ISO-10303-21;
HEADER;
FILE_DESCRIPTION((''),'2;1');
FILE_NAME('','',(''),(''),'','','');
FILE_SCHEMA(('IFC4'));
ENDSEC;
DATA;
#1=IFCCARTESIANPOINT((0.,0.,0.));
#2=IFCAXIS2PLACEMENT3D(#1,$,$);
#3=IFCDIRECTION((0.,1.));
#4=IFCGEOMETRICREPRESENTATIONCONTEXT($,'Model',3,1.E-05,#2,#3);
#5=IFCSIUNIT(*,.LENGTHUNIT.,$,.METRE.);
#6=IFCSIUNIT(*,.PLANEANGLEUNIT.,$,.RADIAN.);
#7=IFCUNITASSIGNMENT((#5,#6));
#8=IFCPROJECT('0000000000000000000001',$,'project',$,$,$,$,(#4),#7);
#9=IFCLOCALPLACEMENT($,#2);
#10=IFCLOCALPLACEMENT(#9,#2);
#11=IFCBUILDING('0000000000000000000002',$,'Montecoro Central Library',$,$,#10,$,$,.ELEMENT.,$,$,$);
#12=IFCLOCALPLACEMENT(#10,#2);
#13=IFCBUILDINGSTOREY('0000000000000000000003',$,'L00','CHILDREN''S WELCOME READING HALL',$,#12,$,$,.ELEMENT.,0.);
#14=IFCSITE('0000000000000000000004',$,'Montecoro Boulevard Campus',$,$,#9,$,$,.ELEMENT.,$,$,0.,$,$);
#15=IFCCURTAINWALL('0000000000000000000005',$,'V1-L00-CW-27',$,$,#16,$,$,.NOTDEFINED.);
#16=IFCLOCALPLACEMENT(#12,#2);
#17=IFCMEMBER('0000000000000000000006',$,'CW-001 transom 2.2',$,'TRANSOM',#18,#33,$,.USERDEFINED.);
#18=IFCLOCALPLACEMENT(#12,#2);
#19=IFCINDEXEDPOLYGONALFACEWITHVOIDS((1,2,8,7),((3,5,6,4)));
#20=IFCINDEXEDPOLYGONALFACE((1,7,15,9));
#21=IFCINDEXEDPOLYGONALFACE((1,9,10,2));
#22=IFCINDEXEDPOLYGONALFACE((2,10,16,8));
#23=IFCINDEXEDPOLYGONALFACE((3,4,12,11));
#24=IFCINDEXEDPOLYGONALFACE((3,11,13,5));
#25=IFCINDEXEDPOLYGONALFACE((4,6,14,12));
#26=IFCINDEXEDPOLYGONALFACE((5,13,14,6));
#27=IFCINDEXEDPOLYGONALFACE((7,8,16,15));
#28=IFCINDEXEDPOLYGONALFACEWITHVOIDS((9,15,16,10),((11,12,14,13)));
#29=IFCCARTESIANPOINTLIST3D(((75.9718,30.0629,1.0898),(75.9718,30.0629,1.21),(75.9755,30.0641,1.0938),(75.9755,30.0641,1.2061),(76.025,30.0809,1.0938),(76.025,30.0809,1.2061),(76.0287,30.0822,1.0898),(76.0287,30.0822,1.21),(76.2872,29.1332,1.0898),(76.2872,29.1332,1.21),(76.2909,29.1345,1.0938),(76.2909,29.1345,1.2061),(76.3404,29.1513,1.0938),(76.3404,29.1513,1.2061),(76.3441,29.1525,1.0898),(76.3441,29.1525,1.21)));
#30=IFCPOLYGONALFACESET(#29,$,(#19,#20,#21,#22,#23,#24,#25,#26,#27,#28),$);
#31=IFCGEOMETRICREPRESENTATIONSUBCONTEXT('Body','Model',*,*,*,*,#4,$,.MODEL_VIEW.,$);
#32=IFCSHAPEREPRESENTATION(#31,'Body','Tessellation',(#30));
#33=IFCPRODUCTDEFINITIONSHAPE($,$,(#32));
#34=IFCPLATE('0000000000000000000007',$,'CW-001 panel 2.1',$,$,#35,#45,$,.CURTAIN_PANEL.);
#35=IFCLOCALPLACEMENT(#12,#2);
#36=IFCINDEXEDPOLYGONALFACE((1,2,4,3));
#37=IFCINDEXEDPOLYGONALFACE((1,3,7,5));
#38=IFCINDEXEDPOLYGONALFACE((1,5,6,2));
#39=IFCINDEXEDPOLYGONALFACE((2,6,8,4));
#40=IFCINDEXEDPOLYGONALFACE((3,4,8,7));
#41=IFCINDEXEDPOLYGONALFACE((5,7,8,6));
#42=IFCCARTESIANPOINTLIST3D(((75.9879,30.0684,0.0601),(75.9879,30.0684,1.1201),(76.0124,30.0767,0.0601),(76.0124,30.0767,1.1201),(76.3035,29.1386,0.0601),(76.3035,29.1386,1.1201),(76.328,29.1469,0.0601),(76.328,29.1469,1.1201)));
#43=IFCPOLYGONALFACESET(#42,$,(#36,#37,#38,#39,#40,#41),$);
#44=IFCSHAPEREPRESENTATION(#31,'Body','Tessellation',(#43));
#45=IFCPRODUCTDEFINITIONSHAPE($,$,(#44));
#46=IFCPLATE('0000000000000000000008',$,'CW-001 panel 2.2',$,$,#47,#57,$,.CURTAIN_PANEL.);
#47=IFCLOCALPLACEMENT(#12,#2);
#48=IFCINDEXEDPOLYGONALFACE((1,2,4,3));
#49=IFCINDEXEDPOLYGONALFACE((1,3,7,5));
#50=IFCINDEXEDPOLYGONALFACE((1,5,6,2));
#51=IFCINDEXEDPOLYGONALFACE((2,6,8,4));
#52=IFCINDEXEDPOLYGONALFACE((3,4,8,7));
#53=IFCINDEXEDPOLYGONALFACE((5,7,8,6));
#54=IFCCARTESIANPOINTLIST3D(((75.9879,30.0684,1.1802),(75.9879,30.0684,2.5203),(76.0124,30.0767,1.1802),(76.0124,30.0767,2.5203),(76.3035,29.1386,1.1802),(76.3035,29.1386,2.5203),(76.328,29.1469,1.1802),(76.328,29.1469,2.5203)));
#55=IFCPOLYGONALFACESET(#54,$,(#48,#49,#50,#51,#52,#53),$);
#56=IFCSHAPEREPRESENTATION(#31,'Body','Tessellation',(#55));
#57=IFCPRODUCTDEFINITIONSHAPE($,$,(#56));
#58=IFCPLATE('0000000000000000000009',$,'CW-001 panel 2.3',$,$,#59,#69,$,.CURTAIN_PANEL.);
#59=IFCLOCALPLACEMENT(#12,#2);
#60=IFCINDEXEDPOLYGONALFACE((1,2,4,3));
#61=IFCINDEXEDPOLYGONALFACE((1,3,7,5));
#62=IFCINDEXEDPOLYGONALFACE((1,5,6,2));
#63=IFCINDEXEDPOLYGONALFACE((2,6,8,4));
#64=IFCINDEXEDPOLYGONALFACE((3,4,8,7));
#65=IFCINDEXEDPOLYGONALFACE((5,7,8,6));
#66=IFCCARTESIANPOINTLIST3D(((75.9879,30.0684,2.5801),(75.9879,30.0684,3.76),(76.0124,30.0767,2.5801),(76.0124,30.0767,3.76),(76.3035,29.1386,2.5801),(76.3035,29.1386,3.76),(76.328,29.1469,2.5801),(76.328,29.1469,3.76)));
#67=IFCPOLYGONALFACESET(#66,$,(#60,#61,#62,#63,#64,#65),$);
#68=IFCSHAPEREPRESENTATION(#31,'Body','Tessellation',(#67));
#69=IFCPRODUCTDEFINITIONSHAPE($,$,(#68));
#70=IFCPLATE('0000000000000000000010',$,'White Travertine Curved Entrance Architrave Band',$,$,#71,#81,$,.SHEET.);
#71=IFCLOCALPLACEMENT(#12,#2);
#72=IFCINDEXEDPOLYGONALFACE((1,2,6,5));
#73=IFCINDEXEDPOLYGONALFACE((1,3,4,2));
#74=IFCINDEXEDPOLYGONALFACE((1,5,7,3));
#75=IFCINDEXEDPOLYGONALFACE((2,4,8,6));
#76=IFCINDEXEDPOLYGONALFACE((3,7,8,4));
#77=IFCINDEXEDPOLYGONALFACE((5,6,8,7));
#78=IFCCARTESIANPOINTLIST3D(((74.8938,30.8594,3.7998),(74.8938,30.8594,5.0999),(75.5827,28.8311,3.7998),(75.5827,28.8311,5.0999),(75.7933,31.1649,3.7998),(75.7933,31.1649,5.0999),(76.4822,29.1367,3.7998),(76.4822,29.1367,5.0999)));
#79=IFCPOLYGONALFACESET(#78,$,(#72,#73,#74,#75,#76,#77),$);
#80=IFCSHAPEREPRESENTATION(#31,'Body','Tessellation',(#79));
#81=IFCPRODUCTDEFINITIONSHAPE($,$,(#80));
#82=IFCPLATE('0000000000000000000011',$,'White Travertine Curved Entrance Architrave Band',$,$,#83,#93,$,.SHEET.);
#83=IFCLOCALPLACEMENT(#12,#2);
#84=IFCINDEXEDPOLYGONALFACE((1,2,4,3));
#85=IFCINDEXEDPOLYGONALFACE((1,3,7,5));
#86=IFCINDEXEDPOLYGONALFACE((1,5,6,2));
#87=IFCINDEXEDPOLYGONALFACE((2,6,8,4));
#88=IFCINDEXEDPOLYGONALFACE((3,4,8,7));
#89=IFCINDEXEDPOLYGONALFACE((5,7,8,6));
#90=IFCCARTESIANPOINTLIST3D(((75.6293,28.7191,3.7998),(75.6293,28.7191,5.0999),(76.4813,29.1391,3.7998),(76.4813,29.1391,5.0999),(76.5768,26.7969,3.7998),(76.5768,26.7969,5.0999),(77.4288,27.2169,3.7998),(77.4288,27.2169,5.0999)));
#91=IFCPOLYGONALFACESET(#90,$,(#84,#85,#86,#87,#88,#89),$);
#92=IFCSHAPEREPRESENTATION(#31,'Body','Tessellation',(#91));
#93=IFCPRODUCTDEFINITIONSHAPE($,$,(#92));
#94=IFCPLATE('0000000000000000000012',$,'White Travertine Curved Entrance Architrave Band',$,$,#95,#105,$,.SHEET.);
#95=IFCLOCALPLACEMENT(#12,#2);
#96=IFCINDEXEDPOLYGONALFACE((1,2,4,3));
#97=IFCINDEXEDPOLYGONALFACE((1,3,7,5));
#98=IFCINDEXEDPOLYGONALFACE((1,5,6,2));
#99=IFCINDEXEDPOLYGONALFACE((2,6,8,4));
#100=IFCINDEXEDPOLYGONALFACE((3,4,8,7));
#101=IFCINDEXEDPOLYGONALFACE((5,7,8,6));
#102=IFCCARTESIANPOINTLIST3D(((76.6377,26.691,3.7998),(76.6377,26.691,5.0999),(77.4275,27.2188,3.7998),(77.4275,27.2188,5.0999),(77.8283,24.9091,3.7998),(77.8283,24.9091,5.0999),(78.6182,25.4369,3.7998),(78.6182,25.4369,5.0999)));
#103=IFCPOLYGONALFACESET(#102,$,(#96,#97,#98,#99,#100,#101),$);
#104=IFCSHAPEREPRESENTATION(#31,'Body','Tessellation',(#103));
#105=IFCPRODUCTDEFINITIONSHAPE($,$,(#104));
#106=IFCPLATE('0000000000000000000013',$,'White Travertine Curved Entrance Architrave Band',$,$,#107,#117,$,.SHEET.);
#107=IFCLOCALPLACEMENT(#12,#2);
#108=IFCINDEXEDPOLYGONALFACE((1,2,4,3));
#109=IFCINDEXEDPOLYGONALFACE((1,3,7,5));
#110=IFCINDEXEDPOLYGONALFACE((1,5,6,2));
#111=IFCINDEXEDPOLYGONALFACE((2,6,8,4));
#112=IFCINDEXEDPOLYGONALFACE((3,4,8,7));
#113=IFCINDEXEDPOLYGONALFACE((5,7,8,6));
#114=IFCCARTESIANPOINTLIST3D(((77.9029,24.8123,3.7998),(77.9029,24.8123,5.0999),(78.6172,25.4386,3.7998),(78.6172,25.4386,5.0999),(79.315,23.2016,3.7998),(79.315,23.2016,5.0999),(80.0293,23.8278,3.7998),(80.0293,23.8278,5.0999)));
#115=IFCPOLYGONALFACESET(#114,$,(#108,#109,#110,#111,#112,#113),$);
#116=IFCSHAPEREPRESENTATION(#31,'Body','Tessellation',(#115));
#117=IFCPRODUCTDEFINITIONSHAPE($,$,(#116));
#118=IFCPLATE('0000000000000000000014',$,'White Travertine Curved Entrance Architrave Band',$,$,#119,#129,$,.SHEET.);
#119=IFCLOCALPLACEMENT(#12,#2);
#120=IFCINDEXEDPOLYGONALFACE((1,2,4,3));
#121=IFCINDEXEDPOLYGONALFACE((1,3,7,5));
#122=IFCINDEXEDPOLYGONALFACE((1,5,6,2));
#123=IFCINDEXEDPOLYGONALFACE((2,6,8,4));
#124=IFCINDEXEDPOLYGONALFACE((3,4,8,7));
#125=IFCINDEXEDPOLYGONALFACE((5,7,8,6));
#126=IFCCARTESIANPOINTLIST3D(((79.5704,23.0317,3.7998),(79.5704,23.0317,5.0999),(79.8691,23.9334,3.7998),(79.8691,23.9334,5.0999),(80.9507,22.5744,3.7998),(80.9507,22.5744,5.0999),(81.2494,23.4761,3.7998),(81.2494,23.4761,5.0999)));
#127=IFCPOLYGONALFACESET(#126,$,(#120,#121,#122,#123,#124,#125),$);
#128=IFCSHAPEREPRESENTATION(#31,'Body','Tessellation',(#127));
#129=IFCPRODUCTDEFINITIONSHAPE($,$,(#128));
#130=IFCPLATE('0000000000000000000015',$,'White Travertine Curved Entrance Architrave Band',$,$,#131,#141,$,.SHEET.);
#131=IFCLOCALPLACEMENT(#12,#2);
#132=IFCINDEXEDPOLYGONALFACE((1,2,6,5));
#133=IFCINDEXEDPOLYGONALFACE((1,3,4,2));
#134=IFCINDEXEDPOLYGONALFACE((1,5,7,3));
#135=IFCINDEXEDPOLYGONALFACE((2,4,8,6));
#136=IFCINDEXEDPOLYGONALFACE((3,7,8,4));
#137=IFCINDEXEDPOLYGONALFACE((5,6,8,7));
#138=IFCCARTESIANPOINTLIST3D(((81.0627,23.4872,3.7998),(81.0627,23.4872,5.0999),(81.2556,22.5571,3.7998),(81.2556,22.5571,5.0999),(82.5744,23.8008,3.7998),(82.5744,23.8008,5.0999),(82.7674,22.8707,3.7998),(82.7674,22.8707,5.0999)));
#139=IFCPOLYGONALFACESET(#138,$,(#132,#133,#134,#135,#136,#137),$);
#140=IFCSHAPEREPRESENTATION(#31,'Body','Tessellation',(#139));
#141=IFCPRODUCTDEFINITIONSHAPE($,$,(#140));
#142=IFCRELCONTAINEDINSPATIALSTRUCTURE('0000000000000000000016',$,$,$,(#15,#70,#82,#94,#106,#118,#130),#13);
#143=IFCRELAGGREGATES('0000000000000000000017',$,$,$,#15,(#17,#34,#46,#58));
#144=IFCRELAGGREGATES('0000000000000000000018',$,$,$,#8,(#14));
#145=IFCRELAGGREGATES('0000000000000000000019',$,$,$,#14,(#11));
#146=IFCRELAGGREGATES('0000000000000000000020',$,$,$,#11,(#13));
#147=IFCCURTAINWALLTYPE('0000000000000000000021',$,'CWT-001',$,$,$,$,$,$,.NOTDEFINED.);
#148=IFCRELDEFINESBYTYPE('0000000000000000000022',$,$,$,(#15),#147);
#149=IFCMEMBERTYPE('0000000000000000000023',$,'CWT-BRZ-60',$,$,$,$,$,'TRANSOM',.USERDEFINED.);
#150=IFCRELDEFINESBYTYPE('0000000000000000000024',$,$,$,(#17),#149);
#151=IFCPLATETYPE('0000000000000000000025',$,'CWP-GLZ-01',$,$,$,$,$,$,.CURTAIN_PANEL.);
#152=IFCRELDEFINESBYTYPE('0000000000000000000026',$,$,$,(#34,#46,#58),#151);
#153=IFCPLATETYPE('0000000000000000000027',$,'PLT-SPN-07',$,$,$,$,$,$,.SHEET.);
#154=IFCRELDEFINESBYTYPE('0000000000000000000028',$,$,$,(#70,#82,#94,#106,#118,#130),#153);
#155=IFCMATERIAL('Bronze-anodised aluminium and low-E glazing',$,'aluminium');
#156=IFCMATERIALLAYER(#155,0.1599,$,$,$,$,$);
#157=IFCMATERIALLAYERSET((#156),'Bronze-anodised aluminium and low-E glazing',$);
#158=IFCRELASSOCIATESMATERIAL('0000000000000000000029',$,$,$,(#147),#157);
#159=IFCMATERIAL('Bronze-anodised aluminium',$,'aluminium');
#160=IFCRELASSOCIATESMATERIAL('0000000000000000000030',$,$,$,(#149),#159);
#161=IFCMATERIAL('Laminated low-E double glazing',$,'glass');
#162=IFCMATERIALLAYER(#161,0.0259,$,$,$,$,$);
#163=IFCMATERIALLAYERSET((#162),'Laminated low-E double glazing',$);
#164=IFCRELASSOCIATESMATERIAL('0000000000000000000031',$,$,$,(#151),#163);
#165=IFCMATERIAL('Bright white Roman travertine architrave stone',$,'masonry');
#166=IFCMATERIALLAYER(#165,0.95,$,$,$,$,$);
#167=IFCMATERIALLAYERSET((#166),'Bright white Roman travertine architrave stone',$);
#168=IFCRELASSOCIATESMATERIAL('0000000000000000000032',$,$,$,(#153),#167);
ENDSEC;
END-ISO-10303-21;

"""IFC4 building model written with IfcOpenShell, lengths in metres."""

from ifc_helpers import new_model, si_unit, direction, frame, origin, origin_2d, place, context, subcontext, project, spatial, rectangle, hollow_rectangle, extrude, material, layer, layer_set, material_profile, profile_set, type_object, element, aggregate, save


model = new_model("IFC4")

# Units and contexts
model_context = context("Model", 3, precision=1e-05, world=origin(), true_north=direction((0.0, 1.0)))
body_context = subcontext(model_context, "Body", "Model", "MODEL_VIEW")
ifc_project = project(units=[si_unit("LENGTHUNIT", "METRE"), si_unit("PLANEANGLEUNIT", "RADIAN")], contexts=[model_context])

# Site, building, storey
site_placement = place(None, origin())
site = spatial("IfcSite", under=ifc_project, at=site_placement, Name="Montecoro Boulevard Campus", CompositionType="ELEMENT", RefElevation=0.0)
building_placement = place(site_placement, origin())
building = spatial("IfcBuilding", under=site, at=building_placement, Name="Montecoro Central Library", CompositionType="ELEMENT")
storey_placement = place(building_placement, origin())
storey = spatial("IfcBuildingStorey", under=building, at=storey_placement, Name="L00", Description="CHILDREN'S WELCOME READING HALL", CompositionType="ELEMENT", Elevation=0.0)

# Curtain wall, member, plates
ifc_material_1 = material(Name="Bronze-anodised aluminium and low-E glazing", Category="aluminium")
ifc_layer_1 = layer(ifc_material_1, 0.1599)
ifc_layer_set_1 = layer_set([ifc_layer_1], Name="Bronze-anodised aluminium and low-E glazing")
curtain_wall_type = type_object("IfcCurtainWallType", Name="CWT-001", PredefinedType="NOTDEFINED", material=ifc_layer_set_1)
curtain_wall_placement = place(storey_placement, origin())
curtain_wall = element("IfcCurtainWall", 1, at=curtain_wall_placement, inside=storey, type_object=curtain_wall_type, Name="V1-L00-CW-27", PredefinedType="NOTDEFINED")
ifc_material_2 = material(Name="Bronze-anodised aluminium", Category="aluminium")
ifc_material_profile_1 = material_profile(ifc_material_2, hollow_rectangle(XDim=0.0601, YDim=0.1201, WallThickness=0.0039, at=origin_2d()), Name="CWT 120x60x4.0")
ifc_profile_set_1 = profile_set([ifc_material_profile_1], Name="Bronze-anodised aluminium")
member_type_1 = type_object("IfcMemberType", Name="CWT-BRZ-60", ElementType="TRANSOM", PredefinedType="USERDEFINED", material=ifc_profile_set_1)
member_1_placement = place(storey_placement, frame((76.0002, 30.0725, 1.1499), z_axis=(0.321296, -0.946979, 0.0), x_axis=(0.946979, 0.321296, 0.0)))
member_1 = element("IfcMember", 2, at=member_1_placement, type_object=member_type_1, Name="CW-001 transom 2.2", ObjectType="TRANSOM", PredefinedType="USERDEFINED", context=body_context, shape_type="SweptSolid", body=[
    extrude(hollow_rectangle(XDim=0.0601, YDim=0.1201, WallThickness=0.0039, at=origin_2d()), origin(), (0.0, 0.0, 1.0), 0.9817),
])
ifc_material_3 = material(Name="Laminated low-E double glazing", Category="glass")
ifc_layer_2 = layer(ifc_material_3, 0.0259)
ifc_layer_set_2 = layer_set([ifc_layer_2], Name="Laminated low-E double glazing")
plate_type_1 = type_object("IfcPlateType", Name="CWP-GLZ-01", PredefinedType="CURTAIN_PANEL", material=ifc_layer_set_2)
plate_1_placement = place(storey_placement, frame((76.158, 29.6077, 0.0601), z_axis=(0.0, 0.0, 1.0), x_axis=(0.321401, -0.946943, 0.0)))
plate_1 = element("IfcPlate", 3, at=plate_1_placement, type_object=plate_type_1, Name="CW-001 panel 2.1", PredefinedType="CURTAIN_PANEL", context=body_context, shape_type="SweptSolid", body=[
    extrude(rectangle(XDim=0.9819, YDim=0.0259, at=origin_2d()), origin(), (0.0, 0.0, 1.0), 1.0601),
])
plate_2_placement = place(storey_placement, frame((76.158, 29.6077, 1.1802), z_axis=(0.0, 0.0, 1.0), x_axis=(0.321401, -0.946943, 0.0)))
plate_2 = element("IfcPlate", 4, at=plate_2_placement, type_object=plate_type_1, Name="CW-001 panel 2.2", PredefinedType="CURTAIN_PANEL", context=body_context, shape_type="SweptSolid", body=[
    extrude(rectangle(XDim=0.9819, YDim=0.0259, at=origin_2d()), origin(), (0.0, 0.0, 1.0), 1.3401),
])
plate_3_placement = place(storey_placement, frame((76.158, 29.6077, 2.5801), z_axis=(0.0, 0.0, 1.0), x_axis=(0.321401, -0.946943, 0.0)))
plate_3 = element("IfcPlate", 5, at=plate_3_placement, type_object=plate_type_1, Name="CW-001 panel 2.3", PredefinedType="CURTAIN_PANEL", context=body_context, shape_type="SweptSolid", body=[
    extrude(rectangle(XDim=0.9819, YDim=0.0259, at=origin_2d()), origin(), (0.0, 0.0, 1.0), 1.1799),
])
aggregate(curtain_wall, [member_1, plate_1, plate_2, plate_3])

# Plates
ifc_material_4 = material(Name="Bright white Roman travertine architrave stone", Category="masonry")
ifc_layer_3 = layer(ifc_material_4, 0.95)
ifc_layer_set_3 = layer_set([ifc_layer_3], Name="Bright white Roman travertine architrave stone")
plate_type_2 = type_object("IfcPlateType", Name="PLT-SPN-07", PredefinedType="SHEET", material=ifc_layer_set_3)
plate_4_placement = place(storey_placement, frame((75.688, 29.998, 3.7998), z_axis=(0.0, 0.0, 1.0), x_axis=(0.321605, -0.946874, 0.0)))
element("IfcPlate", 6, at=plate_4_placement, inside=storey, type_object=plate_type_2, Name="White Travertine Curved Entrance Architrave Band", PredefinedType="SHEET", context=body_context, shape_type="SweptSolid", body=[
    extrude(rectangle(XDim=2.1421, YDim=0.95, at=origin_2d()), origin(), (0.0, 0.0, 1.0), 1.3),
])
for number, where, z_axis, x_axis, name in (
    (7, (76.5291, 27.968, 3.7998), (0.0, 0.0, 1.0), (0.442132, -0.89695, 0.0), "White Travertine Curved Entrance Architrave Band"),
    (8, (77.6279, 26.064, 3.7998), (0.0, 0.0, 1.0), (0.55557, -0.83147, 0.0), "White Travertine Curved Entrance Architrave Band"),
):
    element("IfcPlate", number, at=place(storey_placement, frame(where, z_axis=z_axis, x_axis=x_axis)), inside=storey, type_object=plate_type_2, Name=name, PredefinedType="SHEET", context=body_context, shape_type="SweptSolid", body=[
        extrude(rectangle(XDim=2.1431, YDim=0.95, at=origin_2d()), origin(), (0.0, 0.0, 1.0), 1.3),
    ])
plate_5_placement = place(storey_placement, frame((78.9661, 24.3201, 3.7998), z_axis=(0.0, 0.0, 1.0), x_axis=(0.659215, -0.751955, 0.0)))
element("IfcPlate", 9, at=plate_5_placement, inside=storey, type_object=plate_type_2, Name="White Travertine Curved Entrance Architrave Band", PredefinedType="SHEET", context=body_context, shape_type="SweptSolid", body=[
    extrude(rectangle(XDim=2.1421, YDim=0.95, at=origin_2d()), origin(), (0.0, 0.0, 1.0), 1.3),
])
plate_6_placement = place(storey_placement, frame((80.4099, 23.2539, 3.7998), z_axis=(0.0, 0.0, 1.0), x_axis=(0.949261, -0.31449, 0.0)))
element("IfcPlate", 10, at=plate_6_placement, inside=storey, type_object=plate_type_2, Name="White Travertine Curved Entrance Architrave Band", PredefinedType="SHEET", context=body_context, shape_type="SweptSolid", body=[
    extrude(rectangle(XDim=1.4541, YDim=0.95, at=origin_2d()), origin(), (0.0, 0.0, 1.0), 1.3),
])
plate_7_placement = place(storey_placement, frame((81.915, 23.179, 3.7998), z_axis=(0.0, 0.0, 1.0), x_axis=(0.979152, 0.203129, 0.0)))
element("IfcPlate", 11, at=plate_7_placement, inside=storey, type_object=plate_type_2, Name="White Travertine Curved Entrance Architrave Band", PredefinedType="SHEET", context=body_context, shape_type="SweptSolid", body=[
    extrude(rectangle(XDim=1.5439, YDim=0.95, at=origin_2d()), origin(), (0.0, 0.0, 1.0), 1.3),
])

save(model, "model.ifc")
